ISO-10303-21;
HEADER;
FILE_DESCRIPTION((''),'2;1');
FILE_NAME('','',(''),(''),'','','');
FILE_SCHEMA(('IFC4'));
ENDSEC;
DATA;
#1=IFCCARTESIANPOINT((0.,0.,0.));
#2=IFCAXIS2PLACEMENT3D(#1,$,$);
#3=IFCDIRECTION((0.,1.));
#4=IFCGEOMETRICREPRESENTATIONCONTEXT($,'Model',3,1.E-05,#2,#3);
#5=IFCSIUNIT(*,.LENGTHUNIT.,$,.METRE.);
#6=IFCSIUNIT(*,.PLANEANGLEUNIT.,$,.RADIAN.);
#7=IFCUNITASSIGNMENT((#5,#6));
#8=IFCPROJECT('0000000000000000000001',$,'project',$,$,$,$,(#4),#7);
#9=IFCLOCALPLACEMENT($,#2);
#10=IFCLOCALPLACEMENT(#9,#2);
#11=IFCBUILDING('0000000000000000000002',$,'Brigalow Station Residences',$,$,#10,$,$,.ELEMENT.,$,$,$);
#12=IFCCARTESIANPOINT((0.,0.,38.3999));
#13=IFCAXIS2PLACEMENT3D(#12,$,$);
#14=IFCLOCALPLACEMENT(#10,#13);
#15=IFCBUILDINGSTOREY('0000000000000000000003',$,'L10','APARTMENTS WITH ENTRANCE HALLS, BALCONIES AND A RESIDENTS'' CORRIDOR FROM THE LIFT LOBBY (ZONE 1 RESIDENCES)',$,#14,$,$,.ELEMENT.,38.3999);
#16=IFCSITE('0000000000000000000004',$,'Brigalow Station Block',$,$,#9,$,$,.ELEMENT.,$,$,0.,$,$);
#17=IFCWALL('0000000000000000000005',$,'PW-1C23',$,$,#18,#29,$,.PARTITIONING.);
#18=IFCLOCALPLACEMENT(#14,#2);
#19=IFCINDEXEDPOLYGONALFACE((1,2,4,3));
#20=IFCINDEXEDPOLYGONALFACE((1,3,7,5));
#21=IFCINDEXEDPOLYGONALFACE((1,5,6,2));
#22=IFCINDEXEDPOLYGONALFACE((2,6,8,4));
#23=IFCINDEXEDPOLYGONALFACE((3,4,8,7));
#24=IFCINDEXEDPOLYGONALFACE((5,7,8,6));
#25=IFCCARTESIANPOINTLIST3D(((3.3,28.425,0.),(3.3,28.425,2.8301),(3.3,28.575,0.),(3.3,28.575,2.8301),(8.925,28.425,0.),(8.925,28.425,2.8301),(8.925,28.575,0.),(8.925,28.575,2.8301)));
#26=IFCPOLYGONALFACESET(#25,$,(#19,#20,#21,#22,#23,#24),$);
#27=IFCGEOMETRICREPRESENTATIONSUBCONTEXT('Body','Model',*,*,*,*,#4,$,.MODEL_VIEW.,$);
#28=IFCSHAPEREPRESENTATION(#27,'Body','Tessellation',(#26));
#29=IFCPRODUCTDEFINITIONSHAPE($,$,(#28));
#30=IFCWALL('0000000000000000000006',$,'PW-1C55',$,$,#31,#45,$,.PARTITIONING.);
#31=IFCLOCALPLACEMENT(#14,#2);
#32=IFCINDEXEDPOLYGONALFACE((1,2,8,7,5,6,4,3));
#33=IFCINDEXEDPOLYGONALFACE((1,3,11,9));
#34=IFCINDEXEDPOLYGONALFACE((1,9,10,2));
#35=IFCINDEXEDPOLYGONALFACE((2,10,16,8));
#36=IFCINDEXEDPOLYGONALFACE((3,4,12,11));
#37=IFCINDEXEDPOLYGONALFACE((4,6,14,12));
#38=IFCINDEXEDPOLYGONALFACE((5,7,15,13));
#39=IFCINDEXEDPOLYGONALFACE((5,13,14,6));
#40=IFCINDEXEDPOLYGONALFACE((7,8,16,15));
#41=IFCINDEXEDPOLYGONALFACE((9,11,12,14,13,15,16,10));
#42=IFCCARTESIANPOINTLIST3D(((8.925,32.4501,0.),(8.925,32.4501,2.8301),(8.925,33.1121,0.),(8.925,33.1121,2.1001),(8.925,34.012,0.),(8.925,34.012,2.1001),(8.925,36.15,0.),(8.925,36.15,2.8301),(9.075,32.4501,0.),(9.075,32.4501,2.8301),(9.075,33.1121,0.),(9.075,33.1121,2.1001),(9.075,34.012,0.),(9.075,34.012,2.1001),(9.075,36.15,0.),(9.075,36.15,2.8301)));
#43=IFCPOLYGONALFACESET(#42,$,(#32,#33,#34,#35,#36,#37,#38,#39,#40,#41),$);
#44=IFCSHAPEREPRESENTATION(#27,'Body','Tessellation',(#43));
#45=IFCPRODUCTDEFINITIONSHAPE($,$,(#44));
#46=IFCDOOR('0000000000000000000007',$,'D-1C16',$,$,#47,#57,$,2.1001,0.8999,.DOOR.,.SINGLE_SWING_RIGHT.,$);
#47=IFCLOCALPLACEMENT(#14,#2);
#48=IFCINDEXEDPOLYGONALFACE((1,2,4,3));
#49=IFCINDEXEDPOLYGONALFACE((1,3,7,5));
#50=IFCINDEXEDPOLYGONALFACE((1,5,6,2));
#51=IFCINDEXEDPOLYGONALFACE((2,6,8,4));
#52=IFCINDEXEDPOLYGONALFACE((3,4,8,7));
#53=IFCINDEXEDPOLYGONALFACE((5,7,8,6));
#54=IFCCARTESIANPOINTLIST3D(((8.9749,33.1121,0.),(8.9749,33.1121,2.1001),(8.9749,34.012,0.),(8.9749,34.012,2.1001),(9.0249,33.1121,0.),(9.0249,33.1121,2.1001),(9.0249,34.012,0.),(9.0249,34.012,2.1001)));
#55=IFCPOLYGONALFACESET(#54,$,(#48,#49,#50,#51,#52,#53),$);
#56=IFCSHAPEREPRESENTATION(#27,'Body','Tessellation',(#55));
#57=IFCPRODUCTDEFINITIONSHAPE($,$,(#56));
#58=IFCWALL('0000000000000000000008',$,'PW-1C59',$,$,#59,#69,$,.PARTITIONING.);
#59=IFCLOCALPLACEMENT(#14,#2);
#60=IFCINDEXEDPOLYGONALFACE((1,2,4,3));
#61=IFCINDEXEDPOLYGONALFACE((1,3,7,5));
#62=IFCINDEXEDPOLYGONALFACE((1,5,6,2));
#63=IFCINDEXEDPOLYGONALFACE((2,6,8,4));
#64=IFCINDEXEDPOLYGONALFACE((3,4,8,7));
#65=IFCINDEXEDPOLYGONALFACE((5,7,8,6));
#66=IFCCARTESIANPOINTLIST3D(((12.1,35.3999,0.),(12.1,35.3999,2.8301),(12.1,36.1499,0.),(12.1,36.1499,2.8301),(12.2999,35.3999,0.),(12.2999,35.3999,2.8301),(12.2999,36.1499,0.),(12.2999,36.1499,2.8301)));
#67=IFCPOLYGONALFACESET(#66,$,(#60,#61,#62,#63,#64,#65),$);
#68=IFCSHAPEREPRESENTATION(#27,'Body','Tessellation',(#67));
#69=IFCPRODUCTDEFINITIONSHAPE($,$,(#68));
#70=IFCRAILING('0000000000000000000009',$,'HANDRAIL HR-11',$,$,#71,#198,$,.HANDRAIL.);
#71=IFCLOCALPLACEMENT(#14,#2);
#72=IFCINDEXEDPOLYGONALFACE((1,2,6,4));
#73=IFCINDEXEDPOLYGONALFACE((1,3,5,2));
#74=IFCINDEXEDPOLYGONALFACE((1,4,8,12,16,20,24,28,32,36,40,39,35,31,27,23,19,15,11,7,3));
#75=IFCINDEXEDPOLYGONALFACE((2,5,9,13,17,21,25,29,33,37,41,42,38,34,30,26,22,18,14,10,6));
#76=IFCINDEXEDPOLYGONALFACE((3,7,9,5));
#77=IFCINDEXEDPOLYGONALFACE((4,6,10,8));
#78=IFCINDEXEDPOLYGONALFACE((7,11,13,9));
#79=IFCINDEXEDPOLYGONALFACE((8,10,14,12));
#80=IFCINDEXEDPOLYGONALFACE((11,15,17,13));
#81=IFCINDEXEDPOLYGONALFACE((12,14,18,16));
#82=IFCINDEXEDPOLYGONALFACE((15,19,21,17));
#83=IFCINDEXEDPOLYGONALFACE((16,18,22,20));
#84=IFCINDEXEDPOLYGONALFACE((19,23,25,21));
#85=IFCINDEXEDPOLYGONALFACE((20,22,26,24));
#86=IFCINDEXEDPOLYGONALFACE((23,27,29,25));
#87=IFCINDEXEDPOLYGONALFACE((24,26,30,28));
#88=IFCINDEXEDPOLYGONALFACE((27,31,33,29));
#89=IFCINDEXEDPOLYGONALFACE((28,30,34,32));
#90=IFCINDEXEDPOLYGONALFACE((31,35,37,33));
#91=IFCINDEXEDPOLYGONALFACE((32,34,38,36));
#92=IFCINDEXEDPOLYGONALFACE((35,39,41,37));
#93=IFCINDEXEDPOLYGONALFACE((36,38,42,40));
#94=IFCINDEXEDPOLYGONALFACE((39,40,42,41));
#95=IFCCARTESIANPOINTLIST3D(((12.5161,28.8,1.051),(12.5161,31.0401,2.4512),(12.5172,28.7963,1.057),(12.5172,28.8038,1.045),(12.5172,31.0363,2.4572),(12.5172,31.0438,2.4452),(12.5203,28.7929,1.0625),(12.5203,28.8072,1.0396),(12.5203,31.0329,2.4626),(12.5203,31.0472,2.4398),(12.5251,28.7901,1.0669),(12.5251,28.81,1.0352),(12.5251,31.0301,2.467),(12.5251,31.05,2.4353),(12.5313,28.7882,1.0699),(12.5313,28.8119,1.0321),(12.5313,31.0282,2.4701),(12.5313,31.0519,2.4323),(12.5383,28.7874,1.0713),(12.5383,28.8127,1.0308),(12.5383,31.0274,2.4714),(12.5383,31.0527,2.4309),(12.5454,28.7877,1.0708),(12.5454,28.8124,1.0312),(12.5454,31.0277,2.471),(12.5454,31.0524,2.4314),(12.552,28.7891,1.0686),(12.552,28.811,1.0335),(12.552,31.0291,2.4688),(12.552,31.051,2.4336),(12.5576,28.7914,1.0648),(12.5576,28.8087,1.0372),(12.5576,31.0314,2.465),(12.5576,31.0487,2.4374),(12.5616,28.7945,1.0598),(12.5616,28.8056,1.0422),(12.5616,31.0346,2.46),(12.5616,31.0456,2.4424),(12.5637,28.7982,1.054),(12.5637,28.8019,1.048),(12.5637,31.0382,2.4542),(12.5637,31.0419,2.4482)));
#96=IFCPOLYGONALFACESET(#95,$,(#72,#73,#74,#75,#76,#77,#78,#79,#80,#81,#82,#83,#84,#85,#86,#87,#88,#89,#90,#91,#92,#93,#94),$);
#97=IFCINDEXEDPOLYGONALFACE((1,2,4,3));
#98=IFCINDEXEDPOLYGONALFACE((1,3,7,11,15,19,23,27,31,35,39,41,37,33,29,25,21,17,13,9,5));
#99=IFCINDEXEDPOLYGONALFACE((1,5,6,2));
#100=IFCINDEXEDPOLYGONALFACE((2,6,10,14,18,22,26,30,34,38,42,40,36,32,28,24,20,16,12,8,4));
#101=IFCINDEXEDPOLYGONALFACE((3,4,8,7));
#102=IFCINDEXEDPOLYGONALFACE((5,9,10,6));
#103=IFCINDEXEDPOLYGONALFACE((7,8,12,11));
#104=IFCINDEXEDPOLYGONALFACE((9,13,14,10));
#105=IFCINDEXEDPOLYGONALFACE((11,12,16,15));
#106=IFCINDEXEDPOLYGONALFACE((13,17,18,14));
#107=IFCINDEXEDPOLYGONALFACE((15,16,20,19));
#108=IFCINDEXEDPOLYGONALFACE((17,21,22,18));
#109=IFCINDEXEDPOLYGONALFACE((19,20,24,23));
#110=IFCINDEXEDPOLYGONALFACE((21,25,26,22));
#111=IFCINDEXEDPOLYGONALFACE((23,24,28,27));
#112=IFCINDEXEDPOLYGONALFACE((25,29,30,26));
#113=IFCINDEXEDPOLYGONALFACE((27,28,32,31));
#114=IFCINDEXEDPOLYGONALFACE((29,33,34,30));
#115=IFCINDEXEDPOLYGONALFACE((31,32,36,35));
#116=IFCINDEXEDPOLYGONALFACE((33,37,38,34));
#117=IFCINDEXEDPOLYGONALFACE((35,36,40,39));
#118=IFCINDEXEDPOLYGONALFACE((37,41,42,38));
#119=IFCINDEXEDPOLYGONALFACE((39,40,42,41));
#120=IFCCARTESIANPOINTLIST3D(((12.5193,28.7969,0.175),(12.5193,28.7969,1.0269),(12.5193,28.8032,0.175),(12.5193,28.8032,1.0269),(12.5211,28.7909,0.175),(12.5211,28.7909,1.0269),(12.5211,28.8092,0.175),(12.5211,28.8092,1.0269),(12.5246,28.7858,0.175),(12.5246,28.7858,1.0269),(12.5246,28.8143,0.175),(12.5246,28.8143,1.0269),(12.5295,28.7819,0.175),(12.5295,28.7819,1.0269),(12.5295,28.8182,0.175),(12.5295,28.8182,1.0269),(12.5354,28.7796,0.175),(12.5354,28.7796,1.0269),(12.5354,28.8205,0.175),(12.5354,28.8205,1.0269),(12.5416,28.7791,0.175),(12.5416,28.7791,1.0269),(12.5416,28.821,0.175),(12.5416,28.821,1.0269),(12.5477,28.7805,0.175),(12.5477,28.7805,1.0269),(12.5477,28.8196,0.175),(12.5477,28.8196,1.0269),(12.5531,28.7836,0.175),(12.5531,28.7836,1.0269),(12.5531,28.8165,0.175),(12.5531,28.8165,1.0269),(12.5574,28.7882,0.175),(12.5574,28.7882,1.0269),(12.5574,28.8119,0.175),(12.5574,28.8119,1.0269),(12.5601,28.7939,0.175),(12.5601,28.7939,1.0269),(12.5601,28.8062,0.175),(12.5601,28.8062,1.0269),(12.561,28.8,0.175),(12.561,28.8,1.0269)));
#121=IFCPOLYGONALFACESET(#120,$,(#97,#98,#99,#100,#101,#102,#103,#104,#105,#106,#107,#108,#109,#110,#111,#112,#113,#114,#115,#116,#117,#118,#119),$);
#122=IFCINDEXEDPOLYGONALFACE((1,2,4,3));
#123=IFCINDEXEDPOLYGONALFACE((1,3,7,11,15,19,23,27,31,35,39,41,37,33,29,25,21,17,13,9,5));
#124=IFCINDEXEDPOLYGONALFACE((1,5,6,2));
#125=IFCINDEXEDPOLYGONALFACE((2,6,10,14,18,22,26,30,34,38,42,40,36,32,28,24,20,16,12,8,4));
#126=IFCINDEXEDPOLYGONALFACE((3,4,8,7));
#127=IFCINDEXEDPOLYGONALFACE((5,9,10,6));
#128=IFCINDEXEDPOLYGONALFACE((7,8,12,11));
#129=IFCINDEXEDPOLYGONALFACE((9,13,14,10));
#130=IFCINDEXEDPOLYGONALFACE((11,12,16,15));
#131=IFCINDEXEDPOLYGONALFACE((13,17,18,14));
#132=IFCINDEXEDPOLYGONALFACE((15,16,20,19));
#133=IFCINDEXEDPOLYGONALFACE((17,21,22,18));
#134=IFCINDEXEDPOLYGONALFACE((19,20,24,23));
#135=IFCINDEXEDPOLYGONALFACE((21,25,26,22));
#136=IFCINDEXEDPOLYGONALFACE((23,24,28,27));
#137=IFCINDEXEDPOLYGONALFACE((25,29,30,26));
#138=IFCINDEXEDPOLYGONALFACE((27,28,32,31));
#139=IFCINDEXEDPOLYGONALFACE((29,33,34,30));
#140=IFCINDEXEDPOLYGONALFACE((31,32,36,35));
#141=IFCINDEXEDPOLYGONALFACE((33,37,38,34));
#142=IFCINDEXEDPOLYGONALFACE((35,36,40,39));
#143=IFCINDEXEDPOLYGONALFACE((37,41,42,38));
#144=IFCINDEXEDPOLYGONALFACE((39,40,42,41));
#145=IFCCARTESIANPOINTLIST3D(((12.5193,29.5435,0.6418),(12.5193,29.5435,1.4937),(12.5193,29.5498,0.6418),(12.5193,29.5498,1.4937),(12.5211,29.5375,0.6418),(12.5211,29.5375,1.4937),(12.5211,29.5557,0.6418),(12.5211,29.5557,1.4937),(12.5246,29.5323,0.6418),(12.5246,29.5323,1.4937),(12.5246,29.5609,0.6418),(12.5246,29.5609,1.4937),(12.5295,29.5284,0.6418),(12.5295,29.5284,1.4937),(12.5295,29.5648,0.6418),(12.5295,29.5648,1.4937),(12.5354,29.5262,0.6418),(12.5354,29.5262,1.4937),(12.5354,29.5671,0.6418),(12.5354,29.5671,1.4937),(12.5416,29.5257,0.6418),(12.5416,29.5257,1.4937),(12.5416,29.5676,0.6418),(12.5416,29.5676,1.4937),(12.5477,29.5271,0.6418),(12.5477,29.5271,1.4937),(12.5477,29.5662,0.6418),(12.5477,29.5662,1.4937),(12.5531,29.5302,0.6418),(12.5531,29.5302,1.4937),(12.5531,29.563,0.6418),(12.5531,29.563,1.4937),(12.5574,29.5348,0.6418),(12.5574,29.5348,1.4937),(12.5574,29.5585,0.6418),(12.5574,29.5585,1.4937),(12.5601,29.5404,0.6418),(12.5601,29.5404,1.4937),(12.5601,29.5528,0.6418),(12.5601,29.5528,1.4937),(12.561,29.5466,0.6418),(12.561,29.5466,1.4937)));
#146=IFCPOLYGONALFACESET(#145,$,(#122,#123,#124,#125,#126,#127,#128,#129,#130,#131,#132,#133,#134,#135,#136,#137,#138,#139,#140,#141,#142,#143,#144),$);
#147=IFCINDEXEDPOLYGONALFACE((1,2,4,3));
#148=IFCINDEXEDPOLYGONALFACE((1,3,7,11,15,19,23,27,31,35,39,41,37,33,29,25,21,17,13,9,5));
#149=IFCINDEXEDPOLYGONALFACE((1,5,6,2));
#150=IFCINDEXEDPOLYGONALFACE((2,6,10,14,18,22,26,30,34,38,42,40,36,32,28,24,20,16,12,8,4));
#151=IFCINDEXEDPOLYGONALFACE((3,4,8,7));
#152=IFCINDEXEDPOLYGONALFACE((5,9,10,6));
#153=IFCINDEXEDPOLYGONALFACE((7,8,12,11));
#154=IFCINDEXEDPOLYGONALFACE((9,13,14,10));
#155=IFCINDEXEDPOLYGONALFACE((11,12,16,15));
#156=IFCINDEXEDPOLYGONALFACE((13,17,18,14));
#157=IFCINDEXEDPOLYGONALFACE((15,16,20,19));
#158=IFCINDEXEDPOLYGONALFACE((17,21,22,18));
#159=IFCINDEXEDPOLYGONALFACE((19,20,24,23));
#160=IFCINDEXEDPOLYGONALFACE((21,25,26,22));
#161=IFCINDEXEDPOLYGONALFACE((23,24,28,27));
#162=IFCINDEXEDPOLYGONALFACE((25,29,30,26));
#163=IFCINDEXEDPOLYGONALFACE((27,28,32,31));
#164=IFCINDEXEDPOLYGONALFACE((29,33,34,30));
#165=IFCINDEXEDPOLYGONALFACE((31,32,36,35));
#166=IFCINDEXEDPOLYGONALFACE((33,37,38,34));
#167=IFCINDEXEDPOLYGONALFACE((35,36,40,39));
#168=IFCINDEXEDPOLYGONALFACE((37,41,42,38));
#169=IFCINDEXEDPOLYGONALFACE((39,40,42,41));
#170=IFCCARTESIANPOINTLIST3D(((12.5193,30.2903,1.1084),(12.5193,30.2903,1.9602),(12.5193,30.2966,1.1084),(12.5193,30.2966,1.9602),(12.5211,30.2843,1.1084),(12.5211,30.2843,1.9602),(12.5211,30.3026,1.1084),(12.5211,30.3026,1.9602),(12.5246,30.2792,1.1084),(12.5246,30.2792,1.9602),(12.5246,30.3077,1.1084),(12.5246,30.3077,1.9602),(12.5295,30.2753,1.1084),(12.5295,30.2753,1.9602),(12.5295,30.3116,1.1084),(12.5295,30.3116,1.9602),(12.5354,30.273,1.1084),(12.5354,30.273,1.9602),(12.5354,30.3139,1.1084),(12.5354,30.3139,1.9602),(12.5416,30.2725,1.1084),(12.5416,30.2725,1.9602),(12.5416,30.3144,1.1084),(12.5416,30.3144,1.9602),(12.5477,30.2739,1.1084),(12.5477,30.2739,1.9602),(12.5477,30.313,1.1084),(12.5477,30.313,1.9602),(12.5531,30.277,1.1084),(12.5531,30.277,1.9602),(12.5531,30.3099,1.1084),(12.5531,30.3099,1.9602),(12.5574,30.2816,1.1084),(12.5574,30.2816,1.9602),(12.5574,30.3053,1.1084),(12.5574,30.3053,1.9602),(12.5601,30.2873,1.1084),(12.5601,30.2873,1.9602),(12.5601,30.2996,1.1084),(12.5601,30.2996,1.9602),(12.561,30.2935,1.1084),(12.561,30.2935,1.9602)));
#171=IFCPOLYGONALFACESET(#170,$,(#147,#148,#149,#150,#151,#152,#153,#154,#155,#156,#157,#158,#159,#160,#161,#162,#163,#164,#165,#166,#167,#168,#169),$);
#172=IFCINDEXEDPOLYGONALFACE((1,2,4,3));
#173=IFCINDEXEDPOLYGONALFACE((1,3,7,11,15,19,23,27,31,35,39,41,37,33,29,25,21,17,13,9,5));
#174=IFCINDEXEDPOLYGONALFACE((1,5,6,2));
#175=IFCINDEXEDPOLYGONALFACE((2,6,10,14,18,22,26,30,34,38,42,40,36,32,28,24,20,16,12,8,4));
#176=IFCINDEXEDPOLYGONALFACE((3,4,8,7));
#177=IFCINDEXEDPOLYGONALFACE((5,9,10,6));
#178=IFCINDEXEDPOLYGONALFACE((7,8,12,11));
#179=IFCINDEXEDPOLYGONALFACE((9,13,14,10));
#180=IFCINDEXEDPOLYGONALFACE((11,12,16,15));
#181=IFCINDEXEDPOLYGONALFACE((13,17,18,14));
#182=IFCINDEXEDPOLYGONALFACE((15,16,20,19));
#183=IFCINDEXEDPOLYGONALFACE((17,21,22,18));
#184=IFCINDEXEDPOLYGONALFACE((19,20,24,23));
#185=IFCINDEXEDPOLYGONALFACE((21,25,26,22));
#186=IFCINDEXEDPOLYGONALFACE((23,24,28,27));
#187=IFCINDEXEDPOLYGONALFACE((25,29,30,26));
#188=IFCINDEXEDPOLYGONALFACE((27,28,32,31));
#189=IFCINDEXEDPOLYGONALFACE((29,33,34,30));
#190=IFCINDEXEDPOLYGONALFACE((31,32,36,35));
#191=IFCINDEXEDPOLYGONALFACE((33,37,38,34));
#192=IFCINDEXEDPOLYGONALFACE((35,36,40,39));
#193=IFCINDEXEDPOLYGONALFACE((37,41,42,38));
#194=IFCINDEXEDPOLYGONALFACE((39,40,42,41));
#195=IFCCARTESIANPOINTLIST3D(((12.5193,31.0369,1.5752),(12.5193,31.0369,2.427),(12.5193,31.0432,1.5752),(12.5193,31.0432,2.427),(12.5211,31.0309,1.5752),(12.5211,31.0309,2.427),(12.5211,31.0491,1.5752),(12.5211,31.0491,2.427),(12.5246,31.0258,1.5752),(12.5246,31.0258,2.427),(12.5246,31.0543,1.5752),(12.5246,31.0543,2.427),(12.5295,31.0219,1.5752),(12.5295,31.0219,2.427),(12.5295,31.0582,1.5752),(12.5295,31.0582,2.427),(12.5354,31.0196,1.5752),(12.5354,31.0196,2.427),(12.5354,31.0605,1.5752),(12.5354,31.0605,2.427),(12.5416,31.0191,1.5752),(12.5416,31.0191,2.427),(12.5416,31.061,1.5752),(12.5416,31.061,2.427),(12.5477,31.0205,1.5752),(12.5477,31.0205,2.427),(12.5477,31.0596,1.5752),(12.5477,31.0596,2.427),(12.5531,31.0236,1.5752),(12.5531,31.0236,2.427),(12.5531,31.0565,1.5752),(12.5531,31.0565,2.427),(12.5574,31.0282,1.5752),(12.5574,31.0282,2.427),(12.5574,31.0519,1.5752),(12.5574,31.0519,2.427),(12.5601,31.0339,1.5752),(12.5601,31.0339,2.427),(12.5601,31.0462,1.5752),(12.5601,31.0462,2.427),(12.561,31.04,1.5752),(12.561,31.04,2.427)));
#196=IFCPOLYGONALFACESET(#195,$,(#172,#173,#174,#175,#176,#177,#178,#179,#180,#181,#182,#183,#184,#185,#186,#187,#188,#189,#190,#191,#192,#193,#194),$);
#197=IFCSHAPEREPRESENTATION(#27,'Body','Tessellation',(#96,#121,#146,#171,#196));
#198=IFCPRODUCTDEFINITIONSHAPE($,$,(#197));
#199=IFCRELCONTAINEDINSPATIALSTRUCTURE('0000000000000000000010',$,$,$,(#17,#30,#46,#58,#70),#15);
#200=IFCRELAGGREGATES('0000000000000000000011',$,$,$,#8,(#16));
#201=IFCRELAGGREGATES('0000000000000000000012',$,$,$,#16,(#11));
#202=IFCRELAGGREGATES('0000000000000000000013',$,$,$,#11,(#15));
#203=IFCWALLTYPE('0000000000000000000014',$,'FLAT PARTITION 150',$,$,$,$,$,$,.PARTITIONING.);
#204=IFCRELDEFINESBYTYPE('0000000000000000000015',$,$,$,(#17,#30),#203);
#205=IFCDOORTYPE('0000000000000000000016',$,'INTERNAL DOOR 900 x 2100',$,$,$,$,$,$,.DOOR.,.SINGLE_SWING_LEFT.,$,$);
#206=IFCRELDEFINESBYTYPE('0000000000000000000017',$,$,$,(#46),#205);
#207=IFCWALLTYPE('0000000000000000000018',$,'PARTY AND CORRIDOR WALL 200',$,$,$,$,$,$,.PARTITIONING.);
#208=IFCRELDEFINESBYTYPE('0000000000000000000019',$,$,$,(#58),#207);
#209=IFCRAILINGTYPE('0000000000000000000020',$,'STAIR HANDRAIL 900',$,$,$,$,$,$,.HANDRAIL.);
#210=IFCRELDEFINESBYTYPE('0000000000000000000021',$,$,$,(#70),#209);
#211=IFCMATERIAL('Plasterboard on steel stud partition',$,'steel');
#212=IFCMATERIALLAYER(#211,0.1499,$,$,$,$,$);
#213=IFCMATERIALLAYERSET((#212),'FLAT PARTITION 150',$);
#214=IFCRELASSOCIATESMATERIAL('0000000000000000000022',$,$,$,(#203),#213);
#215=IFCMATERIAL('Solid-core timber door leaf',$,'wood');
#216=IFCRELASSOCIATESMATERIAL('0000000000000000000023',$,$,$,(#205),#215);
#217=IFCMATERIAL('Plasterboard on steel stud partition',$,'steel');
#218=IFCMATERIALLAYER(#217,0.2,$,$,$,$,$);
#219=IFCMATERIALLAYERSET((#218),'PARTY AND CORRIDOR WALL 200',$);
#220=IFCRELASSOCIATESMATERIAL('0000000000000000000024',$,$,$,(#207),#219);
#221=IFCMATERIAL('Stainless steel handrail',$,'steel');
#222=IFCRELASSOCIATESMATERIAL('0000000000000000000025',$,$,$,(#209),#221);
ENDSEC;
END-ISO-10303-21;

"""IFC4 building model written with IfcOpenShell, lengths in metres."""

from ifc_helpers import new_model, si_unit, direction, frame, frame_2d, origin, origin_2d, place, context, subcontext, project, spatial, rectangle, circle, extrude, material, layer, layer_set, type_object, element, fill, save


model = new_model("IFC4")

# Units and contexts
model_context = context("Model", 3, precision=1e-05, world=origin(), true_north=direction((0.0, 1.0)))
body_context = subcontext(model_context, "Body", "Model", "MODEL_VIEW")
ifc_project = project(units=[si_unit("LENGTHUNIT", "METRE"), si_unit("PLANEANGLEUNIT", "RADIAN")], contexts=[model_context])

# Site, building, storey
site_placement = place(None, origin())
site = spatial("IfcSite", under=ifc_project, at=site_placement, Name="Brigalow Station Block", CompositionType="ELEMENT", RefElevation=0.0)
building_placement = place(site_placement, origin())
building = spatial("IfcBuilding", under=site, at=building_placement, Name="Brigalow Station Residences", CompositionType="ELEMENT")
storey_placement = place(building_placement, frame((0.0, 0.0, 38.3999)))
storey = spatial("IfcBuildingStorey", under=building, at=storey_placement, Name="L10", Description="APARTMENTS WITH ENTRANCE HALLS, BALCONIES AND A RESIDENTS' CORRIDOR FROM THE LIFT LOBBY (ZONE 1 RESIDENCES)", CompositionType="ELEMENT", Elevation=38.3999)

# Shared definitions
ifc_material_1 = material(Name="Plasterboard on steel stud partition", Category="steel")
ifc_layer_1 = layer(ifc_material_1, 0.1499)
ifc_layer_set_1 = layer_set([ifc_layer_1], Name="FLAT PARTITION 150")
wall_type_1 = type_object("IfcWallType", Name="FLAT PARTITION 150", PredefinedType="PARTITIONING", material=ifc_layer_set_1)
ifc_material_2 = material(Name="Solid-core timber door leaf", Category="wood")
door_type_1 = type_object("IfcDoorType", Name="INTERNAL DOOR 900 x 2100", OperationType="SINGLE_SWING_LEFT", PredefinedType="DOOR", material=ifc_material_2)

# Wall
wall_1_placement = place(storey_placement, frame((3.3, 28.5, 0.0), z_axis=(0.0, 0.0, 1.0), x_axis=(1.0, 0.0, 0.0)))
element("IfcWall", 1, at=wall_1_placement, inside=storey, type_object=wall_type_1, Name="PW-1C23", PredefinedType="PARTITIONING", context=body_context, shape_type="SweptSolid", body=[
    extrude(rectangle(XDim=5.625, YDim=0.1499, at=frame_2d((2.8125, 0.0))), origin(), (0.0, 0.0, 1.0), 2.8301),
])

# Wall, opening, door
wall_2_placement = place(storey_placement, frame((9.0, 32.45, 0.0), z_axis=(0.0, 0.0, 1.0), x_axis=(0.0, 1.0, 0.0)))
wall_2 = element("IfcWall", 2, at=wall_2_placement, inside=storey, type_object=wall_type_1, Name="PW-1C55", PredefinedType="PARTITIONING", context=body_context, shape_type="SweptSolid", body=[
    extrude(rectangle(XDim=3.7, YDim=0.1499, at=frame_2d((1.8501, 0.0))), origin(), (0.0, 0.0, 1.0), 2.8301),
])
opening_1_placement = place(wall_2_placement, frame((0.6621, 0.0, 0.0)))
opening_1 = element("IfcOpeningElement", 3, at=opening_1_placement, cuts=wall_2, PredefinedType="OPENING", context=body_context, shape_type="SweptSolid", body=[
    extrude(rectangle(XDim=0.8999, YDim=2.1001, at=frame_2d((0.45, 1.05))), frame((0.0, 0.085, 0.0), z_axis=(0.0, -1.0, 0.0), x_axis=(1.0, 0.0, 0.0)), (0.0, 0.0, 1.0), 0.1699),
])
door_1_placement = place(opening_1_placement, frame((0.8999, 0.0, 0.0), z_axis=(0.0, 0.0, 1.0), x_axis=(-1.0, 0.0, 0.0)))
door_1 = element("IfcDoor", 4, at=door_1_placement, inside=storey, type_object=door_type_1, Name="D-1C16", OperationType="SINGLE_SWING_RIGHT", OverallHeight=2.1001, OverallWidth=0.8999, PredefinedType="DOOR", context=body_context, shape_type="SweptSolid", body=[
    extrude(rectangle(XDim=0.8999, YDim=2.1001, at=frame_2d((0.45, 1.05))), frame((0.0, 0.0249, 0.0), z_axis=(0.0, -1.0, 0.0), x_axis=(1.0, 0.0, 0.0)), (0.0, 0.0, 1.0), 0.05),
])
fill(opening_1, door_1)

# Wall
ifc_material_3 = material(Name="Plasterboard on steel stud partition", Category="steel")
ifc_layer_2 = layer(ifc_material_3, 0.2)
ifc_layer_set_2 = layer_set([ifc_layer_2], Name="PARTY AND CORRIDOR WALL 200")
wall_type_2 = type_object("IfcWallType", Name="PARTY AND CORRIDOR WALL 200", PredefinedType="PARTITIONING", material=ifc_layer_set_2)
wall_3_placement = place(storey_placement, frame((12.2, 35.3999, 0.0), z_axis=(0.0, 0.0, 1.0), x_axis=(0.0, 1.0, 0.0)))
element("IfcWall", 5, at=wall_3_placement, inside=storey, type_object=wall_type_2, Name="PW-1C59", PredefinedType="PARTITIONING", context=body_context, shape_type="SweptSolid", body=[
    extrude(rectangle(XDim=0.75, YDim=0.2, at=frame_2d((0.375, 0.0))), origin(), (0.0, 0.0, 1.0), 2.8301),
])

# Railing
ifc_material_4 = material(Name="Stainless steel handrail", Category="steel")
railing_type_1 = type_object("IfcRailingType", Name="STAIR HANDRAIL 900", PredefinedType="HANDRAIL", material=ifc_material_4)
railing_1_placement = place(storey_placement, frame((12.54, 28.8, 0.175)))
element("IfcRailing", 6, at=railing_1_placement, inside=storey, type_object=railing_type_1, Name="HANDRAIL HR-11", PredefinedType="HANDRAIL", context=body_context, shape_type="SweptSolid", body=[
    extrude(circle(Radius=0.0239, at=origin_2d()), frame((0.0, 0.0, 0.876), z_axis=(0.0, 0.847972, 0.53004), x_axis=(-1.0, 0.0, 0.0)), (0.0, 0.0, 1.0), 2.6416),
    extrude(circle(Radius=0.021, at=origin_2d()), origin(), (0.0, 0.0, 1.0), 0.8518),
    extrude(circle(Radius=0.021, at=origin_2d()), frame((0.0, 0.7466, 0.4668)), (0.0, 0.0, 1.0), 0.8518),
    extrude(circle(Radius=0.021, at=origin_2d()), frame((0.0, 1.4934, 0.9333)), (0.0, 0.0, 1.0), 0.8518),
    extrude(circle(Radius=0.021, at=origin_2d()), frame((0.0, 2.24, 1.4001)), (0.0, 0.0, 1.0), 0.8518),
])

save(model, "model.ifc")
